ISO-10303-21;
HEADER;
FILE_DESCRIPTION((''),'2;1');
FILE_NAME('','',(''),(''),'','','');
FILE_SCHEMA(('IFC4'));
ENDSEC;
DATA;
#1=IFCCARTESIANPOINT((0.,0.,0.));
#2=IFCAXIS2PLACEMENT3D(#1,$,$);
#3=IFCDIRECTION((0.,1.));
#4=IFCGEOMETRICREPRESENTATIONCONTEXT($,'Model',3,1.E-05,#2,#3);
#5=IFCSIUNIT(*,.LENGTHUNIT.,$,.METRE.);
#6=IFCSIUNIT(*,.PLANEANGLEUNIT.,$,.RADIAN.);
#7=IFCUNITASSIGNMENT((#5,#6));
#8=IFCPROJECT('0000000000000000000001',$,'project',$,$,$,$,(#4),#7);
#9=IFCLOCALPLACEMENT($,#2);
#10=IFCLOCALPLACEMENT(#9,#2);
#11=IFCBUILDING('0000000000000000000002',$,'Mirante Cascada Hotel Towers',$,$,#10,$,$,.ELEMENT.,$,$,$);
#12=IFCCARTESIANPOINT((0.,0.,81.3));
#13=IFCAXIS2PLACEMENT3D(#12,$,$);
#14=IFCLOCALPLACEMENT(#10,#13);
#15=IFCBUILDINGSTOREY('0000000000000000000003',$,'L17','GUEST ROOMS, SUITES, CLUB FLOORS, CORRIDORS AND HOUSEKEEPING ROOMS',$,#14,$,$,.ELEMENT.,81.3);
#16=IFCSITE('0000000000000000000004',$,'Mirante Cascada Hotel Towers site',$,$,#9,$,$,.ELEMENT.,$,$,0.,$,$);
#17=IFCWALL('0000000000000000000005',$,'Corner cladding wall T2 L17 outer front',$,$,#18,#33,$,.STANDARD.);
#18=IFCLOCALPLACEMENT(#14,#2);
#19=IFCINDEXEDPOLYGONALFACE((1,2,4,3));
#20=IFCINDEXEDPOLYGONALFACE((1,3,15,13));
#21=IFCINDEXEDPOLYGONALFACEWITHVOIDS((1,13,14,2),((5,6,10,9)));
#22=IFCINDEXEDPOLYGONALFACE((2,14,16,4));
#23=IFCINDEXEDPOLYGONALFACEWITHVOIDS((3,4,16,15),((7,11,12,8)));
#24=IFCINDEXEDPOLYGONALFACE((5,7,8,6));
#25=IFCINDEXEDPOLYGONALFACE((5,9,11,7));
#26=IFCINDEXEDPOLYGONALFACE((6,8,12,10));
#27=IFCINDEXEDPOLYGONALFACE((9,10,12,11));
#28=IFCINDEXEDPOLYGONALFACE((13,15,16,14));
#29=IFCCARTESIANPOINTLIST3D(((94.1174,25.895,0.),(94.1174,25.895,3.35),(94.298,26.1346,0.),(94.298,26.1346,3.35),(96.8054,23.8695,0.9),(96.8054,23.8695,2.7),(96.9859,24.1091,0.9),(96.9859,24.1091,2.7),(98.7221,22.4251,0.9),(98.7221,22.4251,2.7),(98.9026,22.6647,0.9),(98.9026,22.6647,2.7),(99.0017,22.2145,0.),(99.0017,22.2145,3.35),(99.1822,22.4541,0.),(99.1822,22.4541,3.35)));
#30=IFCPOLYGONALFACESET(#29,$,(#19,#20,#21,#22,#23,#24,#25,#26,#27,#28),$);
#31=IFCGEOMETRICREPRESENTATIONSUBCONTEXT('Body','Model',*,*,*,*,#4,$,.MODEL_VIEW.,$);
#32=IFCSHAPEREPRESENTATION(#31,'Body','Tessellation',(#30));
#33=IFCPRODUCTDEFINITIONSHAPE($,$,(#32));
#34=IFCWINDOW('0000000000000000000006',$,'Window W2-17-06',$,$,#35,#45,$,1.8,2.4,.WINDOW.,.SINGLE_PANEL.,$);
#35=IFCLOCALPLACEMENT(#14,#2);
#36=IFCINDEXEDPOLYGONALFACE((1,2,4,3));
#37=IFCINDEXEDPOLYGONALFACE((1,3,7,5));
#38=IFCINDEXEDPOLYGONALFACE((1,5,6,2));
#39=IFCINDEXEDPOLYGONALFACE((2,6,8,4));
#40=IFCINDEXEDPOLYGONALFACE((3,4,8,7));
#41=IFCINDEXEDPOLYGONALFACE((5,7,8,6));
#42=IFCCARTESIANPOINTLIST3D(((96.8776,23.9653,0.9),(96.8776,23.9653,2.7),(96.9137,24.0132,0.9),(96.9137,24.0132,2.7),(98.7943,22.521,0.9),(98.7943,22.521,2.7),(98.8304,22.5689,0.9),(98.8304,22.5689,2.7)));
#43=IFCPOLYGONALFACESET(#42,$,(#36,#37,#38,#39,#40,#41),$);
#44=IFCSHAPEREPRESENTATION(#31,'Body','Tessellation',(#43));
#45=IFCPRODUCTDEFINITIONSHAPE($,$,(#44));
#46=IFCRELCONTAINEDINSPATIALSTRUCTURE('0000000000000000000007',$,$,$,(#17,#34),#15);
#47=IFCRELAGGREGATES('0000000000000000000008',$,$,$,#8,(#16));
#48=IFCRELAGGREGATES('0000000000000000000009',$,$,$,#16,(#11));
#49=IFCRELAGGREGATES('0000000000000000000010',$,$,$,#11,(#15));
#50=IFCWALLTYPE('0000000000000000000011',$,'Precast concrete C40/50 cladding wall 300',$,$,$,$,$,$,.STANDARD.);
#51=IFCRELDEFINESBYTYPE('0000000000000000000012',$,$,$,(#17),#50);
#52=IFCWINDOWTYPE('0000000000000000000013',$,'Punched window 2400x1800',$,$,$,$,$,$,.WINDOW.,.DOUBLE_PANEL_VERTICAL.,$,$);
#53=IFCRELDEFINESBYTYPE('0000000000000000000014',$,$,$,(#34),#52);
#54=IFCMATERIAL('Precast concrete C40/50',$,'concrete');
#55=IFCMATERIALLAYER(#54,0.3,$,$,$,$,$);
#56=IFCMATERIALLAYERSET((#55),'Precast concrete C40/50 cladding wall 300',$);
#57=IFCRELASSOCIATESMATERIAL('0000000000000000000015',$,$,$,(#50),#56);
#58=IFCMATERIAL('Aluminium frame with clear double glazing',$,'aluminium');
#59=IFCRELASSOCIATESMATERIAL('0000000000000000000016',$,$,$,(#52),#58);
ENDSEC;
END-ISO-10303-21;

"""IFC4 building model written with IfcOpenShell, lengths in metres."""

from ifc_helpers import new_model, si_unit, direction, frame, frame_2d, origin, place, context, subcontext, project, spatial, rectangle, extrude, material, layer, layer_set, type_object, element, fill, save


model = new_model("IFC4")

# Units and contexts
model_context = context("Model", 3, precision=1e-05, world=origin(), true_north=direction((0.0, 1.0)))
body_context = subcontext(model_context, "Body", "Model", "MODEL_VIEW")
ifc_project = project(units=[si_unit("LENGTHUNIT", "METRE"), si_unit("PLANEANGLEUNIT", "RADIAN")], contexts=[model_context])

# Site, building, storey
site_placement = place(None, origin())
site = spatial("IfcSite", under=ifc_project, at=site_placement, Name="Mirante Cascada Hotel Towers site", CompositionType="ELEMENT", RefElevation=0.0)
building_placement = place(site_placement, origin())
building = spatial("IfcBuilding", under=site, at=building_placement, Name="Mirante Cascada Hotel Towers", CompositionType="ELEMENT")
storey_placement = place(building_placement, frame((0.0, 0.0, 81.3)))
storey = spatial("IfcBuildingStorey", under=building, at=storey_placement, Name="L17", Description="GUEST ROOMS, SUITES, CLUB FLOORS, CORRIDORS AND HOUSEKEEPING ROOMS", CompositionType="ELEMENT", Elevation=81.3)

# Wall, opening, window
ifc_material_1 = material(Name="Precast concrete C40/50", Category="concrete")
ifc_layer_1 = layer(ifc_material_1, 0.3)
ifc_layer_set_1 = layer_set([ifc_layer_1], Name="Precast concrete C40/50 cladding wall 300")
wall_type_1 = type_object("IfcWallType", Name="Precast concrete C40/50 cladding wall 300", PredefinedType="STANDARD", material=ifc_layer_set_1)
wall_1_placement = place(storey_placement, frame((99.0919, 22.3343, 0.0), z_axis=(0.0, 0.0, 1.0), x_axis=(-0.798636, 0.601814, 0.0)))
wall_1 = element("IfcWall", 1, at=wall_1_placement, inside=storey, type_object=wall_type_1, Name="Corner cladding wall T2 L17 outer front", PredefinedType="STANDARD", context=body_context, shape_type="SweptSolid", body=[
    extrude(rectangle(XDim=6.1157, YDim=0.3, at=frame_2d((3.0578, 0.0))), origin(), (0.0, 0.0, 1.0), 3.35),
])
opening_1_placement = place(wall_1_placement, frame((0.35, 0.0, 0.9)))
opening_1 = element("IfcOpeningElement", 2, at=opening_1_placement, cuts=wall_1, PredefinedType="OPENING", context=body_context, shape_type="SweptSolid", body=[
    extrude(rectangle(XDim=2.4, YDim=1.8, at=frame_2d((1.2, 0.9))), frame((0.0, 0.15, 0.0), z_axis=(0.0, -1.0, 0.0), x_axis=(1.0, 0.0, 0.0)), (0.0, 0.0, 1.0), 0.3),
])
ifc_material_2 = material(Name="Aluminium frame with clear double glazing", Category="aluminium")
window_type = type_object("IfcWindowType", Name="Punched window 2400x1800", PartitioningType="DOUBLE_PANEL_VERTICAL", PredefinedType="WINDOW", material=ifc_material_2)
window_placement = place(opening_1_placement, origin())
window = element("IfcWindow", 3, at=window_placement, inside=storey, type_object=window_type, Name="Window W2-17-06", OverallHeight=1.8, OverallWidth=2.4, PartitioningType="SINGLE_PANEL", PredefinedType="WINDOW", context=body_context, shape_type="SweptSolid", body=[
    extrude(rectangle(XDim=2.4, YDim=1.8, at=frame_2d((1.2, 0.9))), frame((0.0, 0.03, 0.0), z_axis=(0.0, -1.0, 0.0), x_axis=(1.0, 0.0, 0.0)), (0.0, 0.0, 1.0), 0.06),
])
fill(opening_1, window)

save(model, "model.ifc")
